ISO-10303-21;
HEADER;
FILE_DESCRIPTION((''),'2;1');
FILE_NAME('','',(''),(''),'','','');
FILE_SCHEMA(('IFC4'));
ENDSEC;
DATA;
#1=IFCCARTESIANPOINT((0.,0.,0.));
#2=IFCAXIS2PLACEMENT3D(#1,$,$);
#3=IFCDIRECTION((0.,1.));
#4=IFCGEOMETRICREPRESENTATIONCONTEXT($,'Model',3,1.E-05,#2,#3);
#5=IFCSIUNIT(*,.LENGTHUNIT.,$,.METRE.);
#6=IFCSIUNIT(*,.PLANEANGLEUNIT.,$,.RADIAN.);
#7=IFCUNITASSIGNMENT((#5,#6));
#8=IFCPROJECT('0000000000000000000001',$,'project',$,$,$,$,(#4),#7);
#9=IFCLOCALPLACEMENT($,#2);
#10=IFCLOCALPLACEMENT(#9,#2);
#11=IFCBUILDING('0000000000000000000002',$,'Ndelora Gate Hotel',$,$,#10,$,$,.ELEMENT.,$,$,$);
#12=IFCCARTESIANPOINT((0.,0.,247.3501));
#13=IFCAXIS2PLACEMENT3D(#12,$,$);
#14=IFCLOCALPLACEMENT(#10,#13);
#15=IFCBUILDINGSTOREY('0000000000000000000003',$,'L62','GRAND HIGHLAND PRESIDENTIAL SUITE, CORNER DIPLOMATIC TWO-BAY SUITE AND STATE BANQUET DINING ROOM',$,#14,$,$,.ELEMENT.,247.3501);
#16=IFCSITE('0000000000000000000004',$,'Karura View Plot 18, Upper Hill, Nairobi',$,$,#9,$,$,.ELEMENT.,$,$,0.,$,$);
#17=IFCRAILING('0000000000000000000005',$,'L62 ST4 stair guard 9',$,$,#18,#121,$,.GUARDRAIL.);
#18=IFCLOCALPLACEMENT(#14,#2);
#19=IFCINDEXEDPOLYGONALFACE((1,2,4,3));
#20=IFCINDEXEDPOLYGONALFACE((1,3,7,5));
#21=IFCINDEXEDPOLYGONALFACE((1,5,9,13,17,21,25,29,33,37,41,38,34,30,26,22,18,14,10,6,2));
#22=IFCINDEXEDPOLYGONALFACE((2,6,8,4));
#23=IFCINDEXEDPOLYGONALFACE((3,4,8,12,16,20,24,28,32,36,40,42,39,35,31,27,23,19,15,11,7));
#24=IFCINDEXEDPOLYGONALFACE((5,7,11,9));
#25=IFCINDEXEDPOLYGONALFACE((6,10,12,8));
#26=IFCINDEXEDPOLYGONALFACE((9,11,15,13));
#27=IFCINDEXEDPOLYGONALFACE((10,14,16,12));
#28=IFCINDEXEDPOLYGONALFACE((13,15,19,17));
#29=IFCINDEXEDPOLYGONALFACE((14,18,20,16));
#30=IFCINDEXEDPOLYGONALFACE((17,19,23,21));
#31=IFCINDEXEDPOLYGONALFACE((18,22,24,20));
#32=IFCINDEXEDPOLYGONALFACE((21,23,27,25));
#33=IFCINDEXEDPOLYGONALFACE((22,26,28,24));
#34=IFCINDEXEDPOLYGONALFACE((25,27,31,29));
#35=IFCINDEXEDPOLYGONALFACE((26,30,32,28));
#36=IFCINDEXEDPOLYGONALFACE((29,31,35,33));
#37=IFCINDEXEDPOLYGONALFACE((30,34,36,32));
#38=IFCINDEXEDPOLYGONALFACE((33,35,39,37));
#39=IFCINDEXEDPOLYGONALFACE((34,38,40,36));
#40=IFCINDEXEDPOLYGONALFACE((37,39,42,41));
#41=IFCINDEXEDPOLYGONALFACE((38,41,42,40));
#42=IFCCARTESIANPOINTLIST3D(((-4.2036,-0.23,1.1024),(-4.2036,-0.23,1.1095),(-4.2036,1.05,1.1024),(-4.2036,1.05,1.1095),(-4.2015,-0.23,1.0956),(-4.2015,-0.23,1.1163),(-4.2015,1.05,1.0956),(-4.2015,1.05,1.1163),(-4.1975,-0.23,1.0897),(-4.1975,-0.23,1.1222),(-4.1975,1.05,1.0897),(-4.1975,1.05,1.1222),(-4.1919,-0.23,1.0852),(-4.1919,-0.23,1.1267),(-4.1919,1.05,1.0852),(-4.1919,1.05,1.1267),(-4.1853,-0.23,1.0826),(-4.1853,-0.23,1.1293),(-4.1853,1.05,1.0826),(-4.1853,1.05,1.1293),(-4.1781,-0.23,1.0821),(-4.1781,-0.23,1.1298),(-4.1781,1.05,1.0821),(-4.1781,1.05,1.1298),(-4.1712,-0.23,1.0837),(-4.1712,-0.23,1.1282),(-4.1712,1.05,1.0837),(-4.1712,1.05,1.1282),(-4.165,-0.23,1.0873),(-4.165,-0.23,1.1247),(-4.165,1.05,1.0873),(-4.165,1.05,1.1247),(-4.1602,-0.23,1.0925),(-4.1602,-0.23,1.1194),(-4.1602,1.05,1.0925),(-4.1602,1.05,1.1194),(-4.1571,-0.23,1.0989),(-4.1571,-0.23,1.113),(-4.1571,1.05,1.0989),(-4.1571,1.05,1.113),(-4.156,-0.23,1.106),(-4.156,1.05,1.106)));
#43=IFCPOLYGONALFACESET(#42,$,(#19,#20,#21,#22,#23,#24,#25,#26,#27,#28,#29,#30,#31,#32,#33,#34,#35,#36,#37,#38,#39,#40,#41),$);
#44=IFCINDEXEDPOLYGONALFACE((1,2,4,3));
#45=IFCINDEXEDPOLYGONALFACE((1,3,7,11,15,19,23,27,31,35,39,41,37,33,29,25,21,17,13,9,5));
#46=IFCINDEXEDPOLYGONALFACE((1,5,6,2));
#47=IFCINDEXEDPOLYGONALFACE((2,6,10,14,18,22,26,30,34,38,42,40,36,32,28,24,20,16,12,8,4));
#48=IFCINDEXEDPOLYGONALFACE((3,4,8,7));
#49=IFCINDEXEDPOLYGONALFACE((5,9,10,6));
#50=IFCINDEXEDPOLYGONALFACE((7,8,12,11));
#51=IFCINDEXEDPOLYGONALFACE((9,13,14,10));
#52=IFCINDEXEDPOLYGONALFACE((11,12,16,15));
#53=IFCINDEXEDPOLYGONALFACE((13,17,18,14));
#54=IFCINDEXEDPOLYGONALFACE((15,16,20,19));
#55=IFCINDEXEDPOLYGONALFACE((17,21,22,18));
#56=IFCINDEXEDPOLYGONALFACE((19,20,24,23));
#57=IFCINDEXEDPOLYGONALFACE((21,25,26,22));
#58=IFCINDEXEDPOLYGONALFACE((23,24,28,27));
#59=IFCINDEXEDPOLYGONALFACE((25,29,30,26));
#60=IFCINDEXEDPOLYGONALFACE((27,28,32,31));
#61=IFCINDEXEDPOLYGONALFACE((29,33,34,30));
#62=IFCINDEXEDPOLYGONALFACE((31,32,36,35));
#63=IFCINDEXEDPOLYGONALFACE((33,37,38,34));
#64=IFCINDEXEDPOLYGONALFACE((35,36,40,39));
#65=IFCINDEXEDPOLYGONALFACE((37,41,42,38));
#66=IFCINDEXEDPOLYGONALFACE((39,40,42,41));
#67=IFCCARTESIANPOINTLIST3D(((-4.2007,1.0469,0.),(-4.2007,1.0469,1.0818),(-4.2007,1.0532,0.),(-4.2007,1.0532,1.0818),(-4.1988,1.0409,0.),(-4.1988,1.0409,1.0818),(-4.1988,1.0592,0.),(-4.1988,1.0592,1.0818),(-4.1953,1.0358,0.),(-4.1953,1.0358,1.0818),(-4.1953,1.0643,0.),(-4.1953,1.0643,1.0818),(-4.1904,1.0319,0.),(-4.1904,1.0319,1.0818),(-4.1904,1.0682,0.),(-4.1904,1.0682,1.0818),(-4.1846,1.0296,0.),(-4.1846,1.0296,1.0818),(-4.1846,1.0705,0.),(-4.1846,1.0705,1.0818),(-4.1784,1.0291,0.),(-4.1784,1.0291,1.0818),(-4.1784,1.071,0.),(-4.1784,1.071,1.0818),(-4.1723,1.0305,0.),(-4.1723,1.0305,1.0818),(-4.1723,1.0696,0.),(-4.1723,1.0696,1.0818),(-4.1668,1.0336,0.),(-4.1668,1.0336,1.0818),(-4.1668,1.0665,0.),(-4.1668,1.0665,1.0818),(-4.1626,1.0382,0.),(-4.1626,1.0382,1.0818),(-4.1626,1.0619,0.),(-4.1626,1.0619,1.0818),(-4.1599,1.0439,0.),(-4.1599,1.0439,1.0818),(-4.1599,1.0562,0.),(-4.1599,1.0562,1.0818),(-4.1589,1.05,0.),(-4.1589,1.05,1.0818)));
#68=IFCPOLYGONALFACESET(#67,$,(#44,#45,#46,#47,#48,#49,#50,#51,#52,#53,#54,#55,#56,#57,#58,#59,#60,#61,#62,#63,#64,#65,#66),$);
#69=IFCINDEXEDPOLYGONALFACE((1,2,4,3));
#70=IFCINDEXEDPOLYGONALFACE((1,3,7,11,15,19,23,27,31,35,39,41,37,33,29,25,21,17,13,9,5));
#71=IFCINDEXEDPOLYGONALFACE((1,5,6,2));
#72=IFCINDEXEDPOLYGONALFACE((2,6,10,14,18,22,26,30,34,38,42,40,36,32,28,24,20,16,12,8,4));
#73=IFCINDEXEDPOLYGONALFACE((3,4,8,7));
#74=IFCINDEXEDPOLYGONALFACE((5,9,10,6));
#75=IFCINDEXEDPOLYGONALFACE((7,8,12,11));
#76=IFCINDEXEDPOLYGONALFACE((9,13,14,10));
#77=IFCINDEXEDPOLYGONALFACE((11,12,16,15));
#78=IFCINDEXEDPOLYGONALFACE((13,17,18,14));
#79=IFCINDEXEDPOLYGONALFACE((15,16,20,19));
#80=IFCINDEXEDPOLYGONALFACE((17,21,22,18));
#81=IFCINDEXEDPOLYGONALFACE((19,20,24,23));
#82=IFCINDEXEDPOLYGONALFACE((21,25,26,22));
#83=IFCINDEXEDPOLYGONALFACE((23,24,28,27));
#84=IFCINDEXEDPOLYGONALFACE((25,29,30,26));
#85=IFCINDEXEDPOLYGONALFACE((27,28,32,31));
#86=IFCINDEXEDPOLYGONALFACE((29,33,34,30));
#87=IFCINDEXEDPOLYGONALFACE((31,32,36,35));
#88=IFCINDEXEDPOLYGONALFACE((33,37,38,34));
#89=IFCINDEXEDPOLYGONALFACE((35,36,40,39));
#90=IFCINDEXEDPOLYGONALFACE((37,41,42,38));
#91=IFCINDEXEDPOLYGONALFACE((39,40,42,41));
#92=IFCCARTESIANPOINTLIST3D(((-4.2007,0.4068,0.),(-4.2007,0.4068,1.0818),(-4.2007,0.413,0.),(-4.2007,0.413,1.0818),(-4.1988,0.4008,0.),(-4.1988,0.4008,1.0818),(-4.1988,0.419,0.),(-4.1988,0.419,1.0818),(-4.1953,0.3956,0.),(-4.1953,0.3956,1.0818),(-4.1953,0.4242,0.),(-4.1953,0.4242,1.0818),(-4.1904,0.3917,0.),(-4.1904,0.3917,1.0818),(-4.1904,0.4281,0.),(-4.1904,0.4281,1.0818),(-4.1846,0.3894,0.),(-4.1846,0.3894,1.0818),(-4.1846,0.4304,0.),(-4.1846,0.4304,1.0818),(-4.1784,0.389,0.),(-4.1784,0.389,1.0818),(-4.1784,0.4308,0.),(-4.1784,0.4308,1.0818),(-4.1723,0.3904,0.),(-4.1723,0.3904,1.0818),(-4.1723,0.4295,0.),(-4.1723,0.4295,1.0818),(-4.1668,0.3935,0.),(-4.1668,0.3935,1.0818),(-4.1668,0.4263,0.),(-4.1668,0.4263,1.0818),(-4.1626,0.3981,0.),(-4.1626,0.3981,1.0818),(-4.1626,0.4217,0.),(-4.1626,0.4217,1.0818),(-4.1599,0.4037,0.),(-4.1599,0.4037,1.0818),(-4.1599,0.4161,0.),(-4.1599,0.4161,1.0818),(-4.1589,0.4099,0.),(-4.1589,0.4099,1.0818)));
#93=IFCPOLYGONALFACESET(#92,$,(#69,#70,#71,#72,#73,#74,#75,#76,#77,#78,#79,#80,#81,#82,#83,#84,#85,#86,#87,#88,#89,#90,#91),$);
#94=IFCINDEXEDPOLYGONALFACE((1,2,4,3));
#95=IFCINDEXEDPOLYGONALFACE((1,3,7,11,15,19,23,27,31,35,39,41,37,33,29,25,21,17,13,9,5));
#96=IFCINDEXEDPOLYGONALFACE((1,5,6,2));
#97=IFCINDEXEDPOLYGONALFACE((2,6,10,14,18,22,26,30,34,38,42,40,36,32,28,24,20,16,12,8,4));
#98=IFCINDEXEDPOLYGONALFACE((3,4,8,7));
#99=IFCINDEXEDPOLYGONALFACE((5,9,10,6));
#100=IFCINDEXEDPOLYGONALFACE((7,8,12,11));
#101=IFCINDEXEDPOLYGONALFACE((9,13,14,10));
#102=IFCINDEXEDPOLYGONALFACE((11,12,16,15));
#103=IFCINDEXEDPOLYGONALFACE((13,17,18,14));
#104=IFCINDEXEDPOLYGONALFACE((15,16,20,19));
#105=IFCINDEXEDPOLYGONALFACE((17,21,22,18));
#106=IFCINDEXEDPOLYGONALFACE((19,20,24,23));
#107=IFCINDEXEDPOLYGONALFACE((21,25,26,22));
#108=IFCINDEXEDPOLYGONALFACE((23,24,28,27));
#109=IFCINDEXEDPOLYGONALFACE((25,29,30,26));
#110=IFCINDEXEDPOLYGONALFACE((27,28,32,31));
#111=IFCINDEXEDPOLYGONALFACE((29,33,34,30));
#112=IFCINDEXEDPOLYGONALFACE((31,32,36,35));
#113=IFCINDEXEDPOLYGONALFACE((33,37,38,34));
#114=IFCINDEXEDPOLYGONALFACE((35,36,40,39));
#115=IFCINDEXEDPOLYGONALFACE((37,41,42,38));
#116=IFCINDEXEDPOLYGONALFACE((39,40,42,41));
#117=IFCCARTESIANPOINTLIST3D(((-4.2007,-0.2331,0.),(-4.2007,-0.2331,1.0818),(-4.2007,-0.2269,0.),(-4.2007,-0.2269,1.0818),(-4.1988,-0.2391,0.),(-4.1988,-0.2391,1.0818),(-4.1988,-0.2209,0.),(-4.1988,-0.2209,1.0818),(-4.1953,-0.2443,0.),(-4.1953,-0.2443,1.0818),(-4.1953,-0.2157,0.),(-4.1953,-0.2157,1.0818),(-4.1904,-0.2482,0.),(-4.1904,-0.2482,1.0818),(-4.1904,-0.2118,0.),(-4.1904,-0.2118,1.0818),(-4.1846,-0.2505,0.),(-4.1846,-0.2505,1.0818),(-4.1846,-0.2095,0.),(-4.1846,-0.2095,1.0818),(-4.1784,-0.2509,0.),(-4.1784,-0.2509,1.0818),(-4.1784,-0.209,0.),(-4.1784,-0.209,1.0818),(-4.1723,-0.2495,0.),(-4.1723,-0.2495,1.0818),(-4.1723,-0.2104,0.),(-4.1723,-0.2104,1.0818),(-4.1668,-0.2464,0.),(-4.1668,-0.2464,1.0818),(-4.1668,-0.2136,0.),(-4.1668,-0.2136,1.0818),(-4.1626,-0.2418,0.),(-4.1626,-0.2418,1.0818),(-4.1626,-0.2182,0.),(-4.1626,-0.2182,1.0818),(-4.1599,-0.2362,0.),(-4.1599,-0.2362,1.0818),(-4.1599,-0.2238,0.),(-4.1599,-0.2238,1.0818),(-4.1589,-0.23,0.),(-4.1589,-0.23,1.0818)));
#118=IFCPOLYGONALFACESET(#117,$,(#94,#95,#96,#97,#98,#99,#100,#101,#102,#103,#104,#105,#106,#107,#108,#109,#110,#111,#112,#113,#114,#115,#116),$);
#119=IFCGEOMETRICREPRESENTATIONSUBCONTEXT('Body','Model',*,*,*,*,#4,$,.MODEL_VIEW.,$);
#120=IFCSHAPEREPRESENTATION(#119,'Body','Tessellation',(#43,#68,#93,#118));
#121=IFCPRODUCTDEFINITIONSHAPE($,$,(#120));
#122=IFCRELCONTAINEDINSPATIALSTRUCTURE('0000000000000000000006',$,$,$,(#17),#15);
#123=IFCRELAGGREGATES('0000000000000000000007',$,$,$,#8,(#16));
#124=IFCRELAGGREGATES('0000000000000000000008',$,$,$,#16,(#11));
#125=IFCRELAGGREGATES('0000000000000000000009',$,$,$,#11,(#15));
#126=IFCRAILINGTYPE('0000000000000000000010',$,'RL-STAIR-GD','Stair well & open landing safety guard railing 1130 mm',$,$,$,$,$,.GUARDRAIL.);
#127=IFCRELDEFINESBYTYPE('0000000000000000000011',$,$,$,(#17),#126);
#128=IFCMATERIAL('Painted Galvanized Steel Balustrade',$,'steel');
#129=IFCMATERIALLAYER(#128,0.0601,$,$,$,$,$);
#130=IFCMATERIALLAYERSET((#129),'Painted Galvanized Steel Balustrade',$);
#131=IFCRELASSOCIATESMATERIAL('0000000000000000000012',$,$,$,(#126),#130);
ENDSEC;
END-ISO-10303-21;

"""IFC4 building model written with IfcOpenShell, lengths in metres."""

from ifc_helpers import new_model, si_unit, direction, frame, origin, origin_2d, place, context, subcontext, project, spatial, circle, extrude, material, layer, layer_set, type_object, element, save


model = new_model("IFC4")

# Units and contexts
model_context = context("Model", 3, precision=1e-05, world=origin(), true_north=direction((0.0, 1.0)))
body_context = subcontext(model_context, "Body", "Model", "MODEL_VIEW")
ifc_project = project(units=[si_unit("LENGTHUNIT", "METRE"), si_unit("PLANEANGLEUNIT", "RADIAN")], contexts=[model_context])

# Site, building, storey
site_placement = place(None, origin())
site = spatial("IfcSite", under=ifc_project, at=site_placement, Name="Karura View Plot 18, Upper Hill, Nairobi", CompositionType="ELEMENT", RefElevation=0.0)
building_placement = place(site_placement, origin())
building = spatial("IfcBuilding", under=site, at=building_placement, Name="Ndelora Gate Hotel", CompositionType="ELEMENT")
storey_placement = place(building_placement, frame((0.0, 0.0, 247.3501)))
storey = spatial("IfcBuildingStorey", under=building, at=storey_placement, Name="L62", Description="GRAND HIGHLAND PRESIDENTIAL SUITE, CORNER DIPLOMATIC TWO-BAY SUITE AND STATE BANQUET DINING ROOM", CompositionType="ELEMENT", Elevation=247.3501)

# Railing
ifc_material_1 = material(Name="Painted Galvanized Steel Balustrade", Category="steel")
ifc_layer_1 = layer(ifc_material_1, 0.0601)
ifc_layer_set_1 = layer_set([ifc_layer_1], Name="Painted Galvanized Steel Balustrade")
railing_type = type_object("IfcRailingType", Name="RL-STAIR-GD", Description="Stair well & open landing safety guard railing 1130 mm", PredefinedType="GUARDRAIL", material=ifc_layer_set_1)
for number, where, name in (
    (1, (-4.1799, 1.05, 0.0), "L62 ST4 stair guard 9"),
):
    element("IfcRailing", number, at=place(storey_placement, frame(where)), inside=storey, type_object=railing_type, Name=name, PredefinedType="GUARDRAIL", context=body_context, shape_type="SweptSolid", body=[
        extrude(circle(Radius=0.0239, at=origin_2d()), frame((0.0, 0.0, 1.106), z_axis=(0.0, -1.0, 0.0), x_axis=(1.0, 0.0, 0.0)), (0.0, 0.0, 1.0), 1.28),
        extrude(circle(Radius=0.021, at=origin_2d()), origin(), (0.0, 0.0, 1.0), 1.0818),
        extrude(circle(Radius=0.021, at=origin_2d()), frame((0.0, -0.6401, 0.0)), (0.0, 0.0, 1.0), 1.0818),
        extrude(circle(Radius=0.021, at=origin_2d()), frame((0.0, -1.28, 0.0)), (0.0, 0.0, 1.0), 1.0818),
    ])

save(model, "model.ifc")
